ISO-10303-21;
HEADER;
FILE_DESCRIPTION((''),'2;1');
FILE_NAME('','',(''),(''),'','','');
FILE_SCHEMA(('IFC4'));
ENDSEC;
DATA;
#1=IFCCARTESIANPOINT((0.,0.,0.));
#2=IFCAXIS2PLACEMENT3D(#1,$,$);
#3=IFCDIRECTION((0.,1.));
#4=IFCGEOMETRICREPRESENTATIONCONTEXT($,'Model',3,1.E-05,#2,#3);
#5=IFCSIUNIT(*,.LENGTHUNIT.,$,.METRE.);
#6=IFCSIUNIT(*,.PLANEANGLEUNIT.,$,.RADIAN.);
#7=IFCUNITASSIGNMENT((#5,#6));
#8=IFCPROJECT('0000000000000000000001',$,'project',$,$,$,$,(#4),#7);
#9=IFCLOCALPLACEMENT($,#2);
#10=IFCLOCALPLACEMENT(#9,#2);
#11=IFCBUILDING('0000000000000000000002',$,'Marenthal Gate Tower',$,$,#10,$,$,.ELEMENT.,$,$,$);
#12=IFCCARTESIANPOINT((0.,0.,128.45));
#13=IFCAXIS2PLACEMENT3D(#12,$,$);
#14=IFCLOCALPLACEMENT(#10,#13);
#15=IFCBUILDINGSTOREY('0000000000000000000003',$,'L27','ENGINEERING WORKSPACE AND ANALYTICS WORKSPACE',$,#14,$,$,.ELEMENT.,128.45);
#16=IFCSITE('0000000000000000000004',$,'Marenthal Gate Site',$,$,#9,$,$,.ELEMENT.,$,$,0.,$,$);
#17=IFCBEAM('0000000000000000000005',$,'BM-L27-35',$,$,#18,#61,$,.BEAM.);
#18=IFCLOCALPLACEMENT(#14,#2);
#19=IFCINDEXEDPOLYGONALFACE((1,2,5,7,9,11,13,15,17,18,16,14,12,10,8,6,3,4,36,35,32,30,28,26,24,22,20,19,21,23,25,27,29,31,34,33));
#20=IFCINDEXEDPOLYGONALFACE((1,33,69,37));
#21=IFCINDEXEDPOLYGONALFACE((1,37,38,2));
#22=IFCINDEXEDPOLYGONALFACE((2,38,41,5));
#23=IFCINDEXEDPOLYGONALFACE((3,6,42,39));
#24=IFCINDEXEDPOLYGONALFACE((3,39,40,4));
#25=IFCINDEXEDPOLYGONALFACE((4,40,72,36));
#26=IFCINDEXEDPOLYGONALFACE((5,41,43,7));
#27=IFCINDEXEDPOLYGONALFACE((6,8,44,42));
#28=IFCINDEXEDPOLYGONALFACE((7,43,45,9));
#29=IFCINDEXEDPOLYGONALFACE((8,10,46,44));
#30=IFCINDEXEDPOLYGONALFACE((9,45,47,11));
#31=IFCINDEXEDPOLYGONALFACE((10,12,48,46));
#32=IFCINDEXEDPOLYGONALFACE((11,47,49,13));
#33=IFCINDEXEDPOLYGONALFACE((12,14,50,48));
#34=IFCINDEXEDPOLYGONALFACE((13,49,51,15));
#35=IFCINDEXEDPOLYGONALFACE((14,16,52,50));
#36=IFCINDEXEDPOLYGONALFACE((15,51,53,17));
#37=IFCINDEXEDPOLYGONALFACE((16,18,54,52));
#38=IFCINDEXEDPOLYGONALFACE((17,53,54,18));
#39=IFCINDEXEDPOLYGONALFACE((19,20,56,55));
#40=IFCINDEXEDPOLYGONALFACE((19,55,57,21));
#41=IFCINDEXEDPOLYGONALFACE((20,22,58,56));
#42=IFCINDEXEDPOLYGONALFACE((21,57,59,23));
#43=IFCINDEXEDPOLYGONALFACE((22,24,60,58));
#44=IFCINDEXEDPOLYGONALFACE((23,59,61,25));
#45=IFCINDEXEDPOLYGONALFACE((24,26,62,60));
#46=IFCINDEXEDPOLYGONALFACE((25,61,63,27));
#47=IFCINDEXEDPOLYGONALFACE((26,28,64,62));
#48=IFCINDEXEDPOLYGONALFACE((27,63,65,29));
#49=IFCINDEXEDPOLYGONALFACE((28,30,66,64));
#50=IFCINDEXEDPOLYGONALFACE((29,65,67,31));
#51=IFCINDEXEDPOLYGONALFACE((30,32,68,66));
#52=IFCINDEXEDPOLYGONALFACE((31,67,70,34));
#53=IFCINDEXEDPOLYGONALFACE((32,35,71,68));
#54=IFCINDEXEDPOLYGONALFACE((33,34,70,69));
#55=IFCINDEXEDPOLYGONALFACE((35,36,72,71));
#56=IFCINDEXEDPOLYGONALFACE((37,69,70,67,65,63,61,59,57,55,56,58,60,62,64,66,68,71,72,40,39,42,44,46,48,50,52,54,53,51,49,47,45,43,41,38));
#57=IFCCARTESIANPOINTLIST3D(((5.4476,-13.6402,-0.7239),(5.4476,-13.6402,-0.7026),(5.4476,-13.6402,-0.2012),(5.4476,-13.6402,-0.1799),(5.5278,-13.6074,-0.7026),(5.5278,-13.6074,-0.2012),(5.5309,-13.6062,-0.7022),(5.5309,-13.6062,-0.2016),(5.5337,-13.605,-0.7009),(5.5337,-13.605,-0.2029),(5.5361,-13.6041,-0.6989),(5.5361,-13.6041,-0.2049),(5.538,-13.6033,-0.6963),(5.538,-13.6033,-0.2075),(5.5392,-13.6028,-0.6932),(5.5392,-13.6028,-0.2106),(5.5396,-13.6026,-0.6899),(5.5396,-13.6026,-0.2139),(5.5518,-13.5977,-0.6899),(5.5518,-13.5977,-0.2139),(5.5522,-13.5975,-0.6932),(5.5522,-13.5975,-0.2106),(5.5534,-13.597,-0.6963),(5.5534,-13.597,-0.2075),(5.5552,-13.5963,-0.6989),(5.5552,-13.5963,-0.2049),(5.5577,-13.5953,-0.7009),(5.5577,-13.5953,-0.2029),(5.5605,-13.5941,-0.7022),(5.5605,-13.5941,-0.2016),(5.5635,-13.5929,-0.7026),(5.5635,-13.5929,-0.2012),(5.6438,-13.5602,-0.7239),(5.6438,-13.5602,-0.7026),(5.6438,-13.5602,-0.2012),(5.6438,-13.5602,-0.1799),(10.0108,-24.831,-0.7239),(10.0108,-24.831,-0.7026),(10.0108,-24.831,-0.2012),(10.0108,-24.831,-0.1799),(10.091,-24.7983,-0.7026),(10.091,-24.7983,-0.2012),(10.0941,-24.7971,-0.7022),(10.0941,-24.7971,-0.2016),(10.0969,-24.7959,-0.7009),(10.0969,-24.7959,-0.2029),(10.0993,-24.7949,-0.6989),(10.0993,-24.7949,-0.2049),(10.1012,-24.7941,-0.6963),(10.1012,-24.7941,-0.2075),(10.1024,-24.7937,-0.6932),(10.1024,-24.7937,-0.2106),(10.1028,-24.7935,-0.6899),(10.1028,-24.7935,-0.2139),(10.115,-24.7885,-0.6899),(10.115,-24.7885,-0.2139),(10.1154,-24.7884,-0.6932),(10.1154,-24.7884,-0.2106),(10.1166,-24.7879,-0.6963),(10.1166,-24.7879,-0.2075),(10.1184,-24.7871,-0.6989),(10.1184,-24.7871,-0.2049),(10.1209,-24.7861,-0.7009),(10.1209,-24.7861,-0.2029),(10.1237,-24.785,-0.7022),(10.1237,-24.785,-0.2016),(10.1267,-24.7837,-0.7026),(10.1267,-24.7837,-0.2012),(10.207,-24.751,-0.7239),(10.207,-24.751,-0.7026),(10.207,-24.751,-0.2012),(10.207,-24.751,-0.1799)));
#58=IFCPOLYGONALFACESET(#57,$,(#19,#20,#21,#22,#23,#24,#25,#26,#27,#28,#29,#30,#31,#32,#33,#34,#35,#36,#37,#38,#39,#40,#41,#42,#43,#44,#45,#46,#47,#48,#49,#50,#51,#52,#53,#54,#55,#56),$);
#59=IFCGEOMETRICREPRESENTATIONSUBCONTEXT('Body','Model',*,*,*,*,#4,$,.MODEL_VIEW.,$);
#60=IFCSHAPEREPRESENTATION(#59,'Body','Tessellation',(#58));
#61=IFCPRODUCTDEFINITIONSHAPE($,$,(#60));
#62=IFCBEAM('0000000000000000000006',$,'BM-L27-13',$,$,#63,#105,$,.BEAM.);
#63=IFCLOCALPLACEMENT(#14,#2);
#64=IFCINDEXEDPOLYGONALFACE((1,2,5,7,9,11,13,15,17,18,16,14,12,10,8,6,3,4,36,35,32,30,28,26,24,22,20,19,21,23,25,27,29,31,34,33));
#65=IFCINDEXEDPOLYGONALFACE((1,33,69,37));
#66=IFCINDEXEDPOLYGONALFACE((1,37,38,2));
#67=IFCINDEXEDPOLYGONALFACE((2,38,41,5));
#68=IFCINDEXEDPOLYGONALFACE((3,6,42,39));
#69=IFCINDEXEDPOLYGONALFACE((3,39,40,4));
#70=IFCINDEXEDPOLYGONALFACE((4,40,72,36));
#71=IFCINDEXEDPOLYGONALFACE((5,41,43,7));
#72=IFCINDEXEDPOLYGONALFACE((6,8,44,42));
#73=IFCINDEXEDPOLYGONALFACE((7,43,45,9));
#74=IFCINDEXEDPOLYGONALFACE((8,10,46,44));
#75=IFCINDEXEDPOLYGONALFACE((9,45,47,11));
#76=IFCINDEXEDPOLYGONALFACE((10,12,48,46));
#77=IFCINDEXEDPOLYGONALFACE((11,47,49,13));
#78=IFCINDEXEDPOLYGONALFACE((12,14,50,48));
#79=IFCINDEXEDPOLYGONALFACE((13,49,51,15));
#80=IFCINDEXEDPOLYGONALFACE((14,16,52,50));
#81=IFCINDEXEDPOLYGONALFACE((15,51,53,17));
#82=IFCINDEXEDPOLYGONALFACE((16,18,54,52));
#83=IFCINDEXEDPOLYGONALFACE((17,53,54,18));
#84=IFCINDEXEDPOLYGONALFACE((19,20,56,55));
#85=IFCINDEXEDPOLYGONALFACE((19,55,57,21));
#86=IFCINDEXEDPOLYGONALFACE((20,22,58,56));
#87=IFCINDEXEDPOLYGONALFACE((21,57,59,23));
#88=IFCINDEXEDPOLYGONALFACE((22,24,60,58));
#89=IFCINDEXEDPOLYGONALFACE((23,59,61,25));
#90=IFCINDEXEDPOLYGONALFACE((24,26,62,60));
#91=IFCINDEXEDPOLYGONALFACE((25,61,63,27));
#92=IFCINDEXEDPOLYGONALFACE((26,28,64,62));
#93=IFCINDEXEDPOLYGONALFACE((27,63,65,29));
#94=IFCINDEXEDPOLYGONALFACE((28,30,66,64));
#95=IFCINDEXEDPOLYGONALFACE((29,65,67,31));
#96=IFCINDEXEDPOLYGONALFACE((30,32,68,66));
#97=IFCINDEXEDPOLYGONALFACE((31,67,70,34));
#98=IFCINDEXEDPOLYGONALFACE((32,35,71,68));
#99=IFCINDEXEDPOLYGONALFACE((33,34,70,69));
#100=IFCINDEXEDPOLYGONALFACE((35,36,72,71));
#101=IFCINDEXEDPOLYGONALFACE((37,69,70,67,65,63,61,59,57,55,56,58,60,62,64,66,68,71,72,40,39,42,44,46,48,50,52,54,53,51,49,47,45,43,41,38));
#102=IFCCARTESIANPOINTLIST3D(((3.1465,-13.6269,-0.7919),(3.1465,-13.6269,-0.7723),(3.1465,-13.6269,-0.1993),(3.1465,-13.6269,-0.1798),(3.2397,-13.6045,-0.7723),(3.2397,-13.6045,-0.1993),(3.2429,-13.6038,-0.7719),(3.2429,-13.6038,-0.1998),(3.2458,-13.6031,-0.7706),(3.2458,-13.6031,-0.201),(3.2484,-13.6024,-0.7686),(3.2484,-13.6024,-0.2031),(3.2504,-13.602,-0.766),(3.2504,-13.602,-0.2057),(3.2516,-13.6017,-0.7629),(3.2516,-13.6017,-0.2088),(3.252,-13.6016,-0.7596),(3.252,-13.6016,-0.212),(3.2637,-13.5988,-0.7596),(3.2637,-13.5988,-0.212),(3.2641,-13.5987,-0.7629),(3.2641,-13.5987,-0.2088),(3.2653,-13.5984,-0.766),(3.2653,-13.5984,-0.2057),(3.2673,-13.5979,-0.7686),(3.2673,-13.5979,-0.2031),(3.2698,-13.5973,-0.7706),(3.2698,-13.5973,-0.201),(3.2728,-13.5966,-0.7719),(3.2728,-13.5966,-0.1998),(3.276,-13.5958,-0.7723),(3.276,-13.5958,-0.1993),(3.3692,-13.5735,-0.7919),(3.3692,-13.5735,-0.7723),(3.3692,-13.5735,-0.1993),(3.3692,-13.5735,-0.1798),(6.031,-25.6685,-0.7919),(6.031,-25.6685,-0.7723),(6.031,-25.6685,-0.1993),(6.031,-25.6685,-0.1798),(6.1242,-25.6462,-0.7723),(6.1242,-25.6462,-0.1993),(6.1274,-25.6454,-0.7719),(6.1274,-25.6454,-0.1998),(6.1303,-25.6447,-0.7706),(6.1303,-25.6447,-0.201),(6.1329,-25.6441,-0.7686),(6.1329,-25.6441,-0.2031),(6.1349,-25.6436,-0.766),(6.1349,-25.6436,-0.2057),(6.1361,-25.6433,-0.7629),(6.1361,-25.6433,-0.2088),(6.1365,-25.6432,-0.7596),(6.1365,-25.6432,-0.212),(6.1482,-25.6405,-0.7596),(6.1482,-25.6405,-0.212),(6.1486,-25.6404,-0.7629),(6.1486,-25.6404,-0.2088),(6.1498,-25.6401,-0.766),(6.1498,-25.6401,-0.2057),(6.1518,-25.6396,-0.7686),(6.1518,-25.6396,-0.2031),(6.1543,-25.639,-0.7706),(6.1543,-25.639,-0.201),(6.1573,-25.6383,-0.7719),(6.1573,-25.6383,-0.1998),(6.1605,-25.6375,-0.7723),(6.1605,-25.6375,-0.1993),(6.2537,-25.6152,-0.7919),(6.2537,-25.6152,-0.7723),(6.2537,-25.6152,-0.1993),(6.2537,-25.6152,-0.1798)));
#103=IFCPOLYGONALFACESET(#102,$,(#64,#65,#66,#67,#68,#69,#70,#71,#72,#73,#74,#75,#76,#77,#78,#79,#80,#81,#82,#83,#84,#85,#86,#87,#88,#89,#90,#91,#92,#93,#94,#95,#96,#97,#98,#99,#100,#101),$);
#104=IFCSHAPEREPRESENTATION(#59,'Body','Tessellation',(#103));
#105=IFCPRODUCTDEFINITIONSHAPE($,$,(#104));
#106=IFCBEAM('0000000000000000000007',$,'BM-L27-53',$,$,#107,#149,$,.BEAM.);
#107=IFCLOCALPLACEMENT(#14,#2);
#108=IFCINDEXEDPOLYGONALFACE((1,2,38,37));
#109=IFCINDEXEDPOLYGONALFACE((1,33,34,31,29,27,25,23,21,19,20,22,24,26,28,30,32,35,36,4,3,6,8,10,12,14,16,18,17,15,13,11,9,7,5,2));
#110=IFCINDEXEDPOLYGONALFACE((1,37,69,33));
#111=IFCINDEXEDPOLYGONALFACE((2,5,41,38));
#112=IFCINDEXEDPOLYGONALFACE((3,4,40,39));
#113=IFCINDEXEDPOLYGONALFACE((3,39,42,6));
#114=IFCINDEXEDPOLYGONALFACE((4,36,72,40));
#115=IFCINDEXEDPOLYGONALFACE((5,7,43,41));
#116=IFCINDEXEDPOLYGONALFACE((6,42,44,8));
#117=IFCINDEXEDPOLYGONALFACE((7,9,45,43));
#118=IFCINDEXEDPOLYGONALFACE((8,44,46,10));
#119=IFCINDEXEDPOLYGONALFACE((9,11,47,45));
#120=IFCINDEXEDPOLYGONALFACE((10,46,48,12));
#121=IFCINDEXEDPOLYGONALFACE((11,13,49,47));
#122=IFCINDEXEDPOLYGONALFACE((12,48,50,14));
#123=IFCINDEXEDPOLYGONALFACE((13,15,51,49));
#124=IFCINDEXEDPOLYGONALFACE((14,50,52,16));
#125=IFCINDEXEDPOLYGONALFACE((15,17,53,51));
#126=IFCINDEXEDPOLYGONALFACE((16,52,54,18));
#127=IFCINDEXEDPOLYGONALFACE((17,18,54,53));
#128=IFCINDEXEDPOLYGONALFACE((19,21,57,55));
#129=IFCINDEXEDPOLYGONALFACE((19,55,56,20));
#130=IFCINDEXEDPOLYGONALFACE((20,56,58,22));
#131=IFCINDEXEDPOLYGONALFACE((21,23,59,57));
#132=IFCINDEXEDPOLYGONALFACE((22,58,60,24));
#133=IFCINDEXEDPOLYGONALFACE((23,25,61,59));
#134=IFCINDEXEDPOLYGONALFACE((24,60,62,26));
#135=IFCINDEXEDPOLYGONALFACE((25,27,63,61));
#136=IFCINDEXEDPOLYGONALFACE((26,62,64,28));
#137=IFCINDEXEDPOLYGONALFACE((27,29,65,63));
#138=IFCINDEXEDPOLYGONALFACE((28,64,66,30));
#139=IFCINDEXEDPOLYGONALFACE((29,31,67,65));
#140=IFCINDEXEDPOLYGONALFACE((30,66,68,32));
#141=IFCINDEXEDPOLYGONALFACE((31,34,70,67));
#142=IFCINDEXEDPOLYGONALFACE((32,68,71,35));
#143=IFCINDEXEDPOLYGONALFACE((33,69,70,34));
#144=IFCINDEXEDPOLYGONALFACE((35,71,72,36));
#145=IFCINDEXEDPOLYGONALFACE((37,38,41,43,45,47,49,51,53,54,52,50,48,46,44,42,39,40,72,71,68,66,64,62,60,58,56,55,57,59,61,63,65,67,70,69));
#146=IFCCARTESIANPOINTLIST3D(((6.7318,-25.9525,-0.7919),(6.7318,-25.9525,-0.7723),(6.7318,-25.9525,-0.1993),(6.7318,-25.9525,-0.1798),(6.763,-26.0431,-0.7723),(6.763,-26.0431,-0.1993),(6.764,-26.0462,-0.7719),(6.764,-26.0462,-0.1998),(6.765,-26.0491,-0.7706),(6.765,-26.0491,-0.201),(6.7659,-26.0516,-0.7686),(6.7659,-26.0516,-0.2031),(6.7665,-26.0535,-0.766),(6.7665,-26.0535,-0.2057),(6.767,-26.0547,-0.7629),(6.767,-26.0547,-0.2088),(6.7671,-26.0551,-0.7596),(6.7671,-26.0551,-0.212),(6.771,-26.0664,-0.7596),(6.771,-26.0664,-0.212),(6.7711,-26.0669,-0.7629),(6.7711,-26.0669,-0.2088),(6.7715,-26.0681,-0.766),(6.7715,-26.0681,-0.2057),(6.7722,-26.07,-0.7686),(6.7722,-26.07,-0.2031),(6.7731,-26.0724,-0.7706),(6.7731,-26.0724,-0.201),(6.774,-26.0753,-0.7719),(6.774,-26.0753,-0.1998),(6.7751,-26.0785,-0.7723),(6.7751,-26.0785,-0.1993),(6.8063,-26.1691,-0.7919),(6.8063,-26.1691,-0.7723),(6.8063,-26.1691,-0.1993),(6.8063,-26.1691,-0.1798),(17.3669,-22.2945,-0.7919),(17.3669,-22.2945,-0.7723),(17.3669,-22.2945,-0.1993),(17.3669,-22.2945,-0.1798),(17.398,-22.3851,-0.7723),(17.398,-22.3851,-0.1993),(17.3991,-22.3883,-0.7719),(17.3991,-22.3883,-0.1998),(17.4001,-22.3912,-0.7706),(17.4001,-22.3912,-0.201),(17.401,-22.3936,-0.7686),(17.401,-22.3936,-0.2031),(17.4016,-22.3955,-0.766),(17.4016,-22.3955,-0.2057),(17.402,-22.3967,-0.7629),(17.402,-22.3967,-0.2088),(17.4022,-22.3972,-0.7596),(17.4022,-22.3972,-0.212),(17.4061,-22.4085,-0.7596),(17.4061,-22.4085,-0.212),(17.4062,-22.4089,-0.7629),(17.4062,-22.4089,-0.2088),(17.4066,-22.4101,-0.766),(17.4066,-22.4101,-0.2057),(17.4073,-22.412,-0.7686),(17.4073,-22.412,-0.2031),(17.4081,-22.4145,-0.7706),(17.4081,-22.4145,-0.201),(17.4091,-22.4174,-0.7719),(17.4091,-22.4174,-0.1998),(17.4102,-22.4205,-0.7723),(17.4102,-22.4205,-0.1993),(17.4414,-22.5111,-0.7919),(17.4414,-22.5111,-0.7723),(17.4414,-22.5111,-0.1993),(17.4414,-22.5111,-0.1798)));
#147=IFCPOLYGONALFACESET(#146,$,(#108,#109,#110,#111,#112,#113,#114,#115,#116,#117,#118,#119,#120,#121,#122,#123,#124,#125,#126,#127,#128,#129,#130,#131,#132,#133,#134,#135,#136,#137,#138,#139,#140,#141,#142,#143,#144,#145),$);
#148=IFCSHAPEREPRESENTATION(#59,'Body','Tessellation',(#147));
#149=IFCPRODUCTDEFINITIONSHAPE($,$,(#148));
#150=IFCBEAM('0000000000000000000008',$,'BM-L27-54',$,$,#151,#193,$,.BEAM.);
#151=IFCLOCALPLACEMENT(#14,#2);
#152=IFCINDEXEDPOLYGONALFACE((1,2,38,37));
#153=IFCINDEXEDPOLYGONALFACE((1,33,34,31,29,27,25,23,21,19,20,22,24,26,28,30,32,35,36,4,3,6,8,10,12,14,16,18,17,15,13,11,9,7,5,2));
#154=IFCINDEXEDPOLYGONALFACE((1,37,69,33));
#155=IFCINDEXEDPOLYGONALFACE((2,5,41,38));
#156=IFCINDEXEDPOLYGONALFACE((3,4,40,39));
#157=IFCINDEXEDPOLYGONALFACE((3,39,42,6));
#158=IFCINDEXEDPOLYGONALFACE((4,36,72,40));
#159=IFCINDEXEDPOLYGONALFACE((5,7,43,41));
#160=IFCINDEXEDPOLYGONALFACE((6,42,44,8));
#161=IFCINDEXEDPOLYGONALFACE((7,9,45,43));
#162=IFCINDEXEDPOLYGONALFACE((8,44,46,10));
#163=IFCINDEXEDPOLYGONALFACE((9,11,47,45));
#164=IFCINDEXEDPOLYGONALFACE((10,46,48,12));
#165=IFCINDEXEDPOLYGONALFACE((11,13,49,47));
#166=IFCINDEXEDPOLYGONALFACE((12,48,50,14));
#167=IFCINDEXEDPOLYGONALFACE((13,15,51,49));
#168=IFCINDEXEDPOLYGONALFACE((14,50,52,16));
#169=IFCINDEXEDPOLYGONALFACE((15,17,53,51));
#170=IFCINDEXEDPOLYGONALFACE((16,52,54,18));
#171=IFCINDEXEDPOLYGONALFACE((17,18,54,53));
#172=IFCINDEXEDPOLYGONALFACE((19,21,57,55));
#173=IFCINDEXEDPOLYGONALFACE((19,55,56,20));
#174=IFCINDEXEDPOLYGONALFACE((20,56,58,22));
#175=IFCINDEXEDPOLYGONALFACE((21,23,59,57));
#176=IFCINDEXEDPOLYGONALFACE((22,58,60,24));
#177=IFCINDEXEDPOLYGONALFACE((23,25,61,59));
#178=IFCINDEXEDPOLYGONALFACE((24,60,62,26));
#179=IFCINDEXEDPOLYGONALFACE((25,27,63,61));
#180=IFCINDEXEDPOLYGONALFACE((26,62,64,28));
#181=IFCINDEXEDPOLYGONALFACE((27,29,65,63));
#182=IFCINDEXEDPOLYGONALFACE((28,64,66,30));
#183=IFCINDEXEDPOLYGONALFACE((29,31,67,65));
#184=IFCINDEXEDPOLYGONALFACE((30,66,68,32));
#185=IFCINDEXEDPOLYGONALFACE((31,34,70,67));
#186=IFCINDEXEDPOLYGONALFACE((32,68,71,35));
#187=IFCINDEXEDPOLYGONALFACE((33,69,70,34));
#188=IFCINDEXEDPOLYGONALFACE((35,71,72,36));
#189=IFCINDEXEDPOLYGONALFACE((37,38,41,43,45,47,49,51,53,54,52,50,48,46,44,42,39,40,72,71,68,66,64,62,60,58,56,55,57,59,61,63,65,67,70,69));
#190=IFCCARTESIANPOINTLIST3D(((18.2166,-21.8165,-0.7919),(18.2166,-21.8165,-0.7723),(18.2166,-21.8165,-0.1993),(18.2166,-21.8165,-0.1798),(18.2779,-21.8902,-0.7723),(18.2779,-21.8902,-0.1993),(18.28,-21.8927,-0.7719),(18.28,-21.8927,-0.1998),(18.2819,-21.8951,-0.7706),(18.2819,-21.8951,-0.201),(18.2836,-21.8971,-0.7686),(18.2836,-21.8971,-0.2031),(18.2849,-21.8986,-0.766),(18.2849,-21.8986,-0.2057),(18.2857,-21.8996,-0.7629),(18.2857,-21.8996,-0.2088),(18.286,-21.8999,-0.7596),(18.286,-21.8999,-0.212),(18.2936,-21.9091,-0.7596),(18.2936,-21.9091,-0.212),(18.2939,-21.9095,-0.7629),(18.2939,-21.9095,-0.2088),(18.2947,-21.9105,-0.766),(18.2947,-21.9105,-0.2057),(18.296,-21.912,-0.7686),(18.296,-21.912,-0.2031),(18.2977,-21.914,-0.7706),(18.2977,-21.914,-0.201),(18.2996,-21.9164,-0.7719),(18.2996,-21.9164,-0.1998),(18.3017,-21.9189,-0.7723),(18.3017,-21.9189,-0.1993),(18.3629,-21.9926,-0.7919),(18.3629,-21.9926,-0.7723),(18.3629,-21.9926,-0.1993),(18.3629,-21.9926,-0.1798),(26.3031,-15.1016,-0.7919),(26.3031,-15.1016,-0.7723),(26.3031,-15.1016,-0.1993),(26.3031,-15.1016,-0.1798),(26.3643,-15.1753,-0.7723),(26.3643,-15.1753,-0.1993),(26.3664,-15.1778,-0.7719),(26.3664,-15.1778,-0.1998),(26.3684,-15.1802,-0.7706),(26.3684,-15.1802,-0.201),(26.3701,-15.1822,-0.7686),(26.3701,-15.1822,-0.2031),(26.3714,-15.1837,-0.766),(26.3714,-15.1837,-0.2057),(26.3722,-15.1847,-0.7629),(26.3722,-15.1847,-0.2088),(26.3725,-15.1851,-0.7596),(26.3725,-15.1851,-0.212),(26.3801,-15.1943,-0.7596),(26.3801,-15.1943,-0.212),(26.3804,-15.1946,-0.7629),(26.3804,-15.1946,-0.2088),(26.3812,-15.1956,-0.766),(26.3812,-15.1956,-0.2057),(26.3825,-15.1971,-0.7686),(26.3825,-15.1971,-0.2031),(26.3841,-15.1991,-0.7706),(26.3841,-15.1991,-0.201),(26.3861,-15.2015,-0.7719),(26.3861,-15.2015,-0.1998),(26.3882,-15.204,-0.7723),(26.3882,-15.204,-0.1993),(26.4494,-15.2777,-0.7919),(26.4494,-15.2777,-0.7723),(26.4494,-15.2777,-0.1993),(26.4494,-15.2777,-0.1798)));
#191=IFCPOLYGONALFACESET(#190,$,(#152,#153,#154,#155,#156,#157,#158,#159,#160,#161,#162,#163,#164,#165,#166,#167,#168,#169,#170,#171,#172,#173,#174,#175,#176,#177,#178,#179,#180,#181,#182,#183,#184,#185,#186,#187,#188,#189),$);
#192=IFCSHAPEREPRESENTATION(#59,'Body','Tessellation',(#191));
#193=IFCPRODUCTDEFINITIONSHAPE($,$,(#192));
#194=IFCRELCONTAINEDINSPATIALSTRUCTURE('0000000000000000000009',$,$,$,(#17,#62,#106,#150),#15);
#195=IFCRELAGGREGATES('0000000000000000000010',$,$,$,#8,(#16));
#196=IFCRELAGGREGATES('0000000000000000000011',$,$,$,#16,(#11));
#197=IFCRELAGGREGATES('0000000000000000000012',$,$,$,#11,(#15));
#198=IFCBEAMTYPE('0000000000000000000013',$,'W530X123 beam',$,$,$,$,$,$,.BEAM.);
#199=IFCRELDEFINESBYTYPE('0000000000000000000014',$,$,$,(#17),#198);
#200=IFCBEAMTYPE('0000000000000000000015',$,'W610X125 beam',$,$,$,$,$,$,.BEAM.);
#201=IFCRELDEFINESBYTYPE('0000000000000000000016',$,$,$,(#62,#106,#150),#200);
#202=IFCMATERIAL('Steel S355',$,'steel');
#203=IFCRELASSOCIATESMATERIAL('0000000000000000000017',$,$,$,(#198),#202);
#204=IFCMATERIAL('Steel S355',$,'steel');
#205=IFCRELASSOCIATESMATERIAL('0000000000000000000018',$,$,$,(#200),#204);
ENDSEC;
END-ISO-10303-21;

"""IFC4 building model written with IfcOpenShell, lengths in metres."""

from ifc_helpers import new_model, si_unit, direction, frame, origin, origin_2d, place, context, subcontext, project, spatial, i_section, extrude, material, material_profile, profile_set, type_object, element, save


model = new_model("IFC4")

# Units and contexts
model_context = context("Model", 3, precision=1e-05, world=origin(), true_north=direction((0.0, 1.0)))
body_context = subcontext(model_context, "Body", "Model", "MODEL_VIEW")
ifc_project = project(units=[si_unit("LENGTHUNIT", "METRE"), si_unit("PLANEANGLEUNIT", "RADIAN")], contexts=[model_context])

# Site, building, storey
site_placement = place(None, origin())
site = spatial("IfcSite", under=ifc_project, at=site_placement, Name="Marenthal Gate Site", CompositionType="ELEMENT", RefElevation=0.0)
building_placement = place(site_placement, origin())
building = spatial("IfcBuilding", under=site, at=building_placement, Name="Marenthal Gate Tower", CompositionType="ELEMENT")
storey_placement = place(building_placement, frame((0.0, 0.0, 128.45)))
storey = spatial("IfcBuildingStorey", under=building, at=storey_placement, Name="L27", Description="ENGINEERING WORKSPACE AND ANALYTICS WORKSPACE", CompositionType="ELEMENT", Elevation=128.45)

# Beams
ifc_material_1 = material(Name="Steel S355", Category="steel")
ifc_material_profile_1 = material_profile(ifc_material_1, i_section(OverallWidth=0.2119, OverallDepth=0.5439, WebThickness=0.0132, FlangeThickness=0.0212, FilletRadius=0.0127, at=origin_2d()), Name="W530X123")
ifc_profile_set_1 = profile_set([ifc_material_profile_1], Name="Steel S355")
beam_type_1 = type_object("IfcBeamType", Name="W530X123 beam", PredefinedType="BEAM", material=ifc_profile_set_1)
beam_1_placement = place(storey_placement, frame((10.1089, -24.791, -0.4519), z_axis=(-0.377579, 0.925978, 0.0), x_axis=(-0.925978, -0.377579, 0.0)))
element("IfcBeam", 1, at=beam_1_placement, inside=storey, type_object=beam_type_1, Name="BM-L27-35", PredefinedType="BEAM", context=body_context, shape_type="SweptSolid", body=[
    extrude(i_section(OverallWidth=0.2119, OverallDepth=0.5439, WebThickness=0.0132, FlangeThickness=0.0212, FilletRadius=0.0127, at=origin_2d()), origin(), (0.0, 0.0, 1.0), 12.0854),
])
ifc_material_2 = material(Name="Steel S355", Category="steel")
ifc_material_profile_2 = material_profile(ifc_material_2, i_section(OverallWidth=0.229, OverallDepth=0.6121, WebThickness=0.012, FlangeThickness=0.0195, FilletRadius=0.0127, at=origin_2d()), Name="W610X125")
ifc_profile_set_2 = profile_set([ifc_material_profile_2], Name="Steel S355")
beam_type_2 = type_object("IfcBeamType", Name="W610X125 beam", PredefinedType="BEAM", material=ifc_profile_set_2)
beam_2_placement = place(storey_placement, frame((6.1423, -25.6418, -0.4858), z_axis=(-0.232953, 0.972488, 0.0), x_axis=(-0.972488, -0.232953, 0.0)))
element("IfcBeam", 2, at=beam_2_placement, inside=storey, type_object=beam_type_2, Name="BM-L27-13", PredefinedType="BEAM", context=body_context, shape_type="SweptSolid", body=[
    extrude(i_section(OverallWidth=0.229, OverallDepth=0.6121, WebThickness=0.012, FlangeThickness=0.0195, FilletRadius=0.0127, at=origin_2d()), origin(), (0.0, 0.0, 1.0), 12.3823),
])
beam_3_placement = place(storey_placement, frame((6.769, -26.0608, -0.4858), z_axis=(0.945627, 0.325253, 0.0), x_axis=(-0.325253, 0.945627, 0.0)))
element("IfcBeam", 3, at=beam_3_placement, inside=storey, type_object=beam_type_2, Name="BM-L27-53", PredefinedType="BEAM", context=body_context, shape_type="SweptSolid", body=[
    extrude(i_section(OverallWidth=0.229, OverallDepth=0.6121, WebThickness=0.012, FlangeThickness=0.0195, FilletRadius=0.0127, at=origin_2d()), origin(), (0.0, 0.0, 1.0), 11.2466),
])
beam_4_placement = place(storey_placement, frame((18.2898, -21.9045, -0.4858), z_axis=(0.769336, 0.638845, 0.0), x_axis=(-0.638845, 0.769336, 0.0)))
element("IfcBeam", 4, at=beam_4_placement, inside=storey, type_object=beam_type_2, Name="BM-L27-54", PredefinedType="BEAM", context=body_context, shape_type="SweptSolid", body=[
    extrude(i_section(OverallWidth=0.229, OverallDepth=0.6121, WebThickness=0.012, FlangeThickness=0.0195, FilletRadius=0.0127, at=origin_2d()), origin(), (0.0, 0.0, 1.0), 10.511),
])

save(model, "model.ifc")
